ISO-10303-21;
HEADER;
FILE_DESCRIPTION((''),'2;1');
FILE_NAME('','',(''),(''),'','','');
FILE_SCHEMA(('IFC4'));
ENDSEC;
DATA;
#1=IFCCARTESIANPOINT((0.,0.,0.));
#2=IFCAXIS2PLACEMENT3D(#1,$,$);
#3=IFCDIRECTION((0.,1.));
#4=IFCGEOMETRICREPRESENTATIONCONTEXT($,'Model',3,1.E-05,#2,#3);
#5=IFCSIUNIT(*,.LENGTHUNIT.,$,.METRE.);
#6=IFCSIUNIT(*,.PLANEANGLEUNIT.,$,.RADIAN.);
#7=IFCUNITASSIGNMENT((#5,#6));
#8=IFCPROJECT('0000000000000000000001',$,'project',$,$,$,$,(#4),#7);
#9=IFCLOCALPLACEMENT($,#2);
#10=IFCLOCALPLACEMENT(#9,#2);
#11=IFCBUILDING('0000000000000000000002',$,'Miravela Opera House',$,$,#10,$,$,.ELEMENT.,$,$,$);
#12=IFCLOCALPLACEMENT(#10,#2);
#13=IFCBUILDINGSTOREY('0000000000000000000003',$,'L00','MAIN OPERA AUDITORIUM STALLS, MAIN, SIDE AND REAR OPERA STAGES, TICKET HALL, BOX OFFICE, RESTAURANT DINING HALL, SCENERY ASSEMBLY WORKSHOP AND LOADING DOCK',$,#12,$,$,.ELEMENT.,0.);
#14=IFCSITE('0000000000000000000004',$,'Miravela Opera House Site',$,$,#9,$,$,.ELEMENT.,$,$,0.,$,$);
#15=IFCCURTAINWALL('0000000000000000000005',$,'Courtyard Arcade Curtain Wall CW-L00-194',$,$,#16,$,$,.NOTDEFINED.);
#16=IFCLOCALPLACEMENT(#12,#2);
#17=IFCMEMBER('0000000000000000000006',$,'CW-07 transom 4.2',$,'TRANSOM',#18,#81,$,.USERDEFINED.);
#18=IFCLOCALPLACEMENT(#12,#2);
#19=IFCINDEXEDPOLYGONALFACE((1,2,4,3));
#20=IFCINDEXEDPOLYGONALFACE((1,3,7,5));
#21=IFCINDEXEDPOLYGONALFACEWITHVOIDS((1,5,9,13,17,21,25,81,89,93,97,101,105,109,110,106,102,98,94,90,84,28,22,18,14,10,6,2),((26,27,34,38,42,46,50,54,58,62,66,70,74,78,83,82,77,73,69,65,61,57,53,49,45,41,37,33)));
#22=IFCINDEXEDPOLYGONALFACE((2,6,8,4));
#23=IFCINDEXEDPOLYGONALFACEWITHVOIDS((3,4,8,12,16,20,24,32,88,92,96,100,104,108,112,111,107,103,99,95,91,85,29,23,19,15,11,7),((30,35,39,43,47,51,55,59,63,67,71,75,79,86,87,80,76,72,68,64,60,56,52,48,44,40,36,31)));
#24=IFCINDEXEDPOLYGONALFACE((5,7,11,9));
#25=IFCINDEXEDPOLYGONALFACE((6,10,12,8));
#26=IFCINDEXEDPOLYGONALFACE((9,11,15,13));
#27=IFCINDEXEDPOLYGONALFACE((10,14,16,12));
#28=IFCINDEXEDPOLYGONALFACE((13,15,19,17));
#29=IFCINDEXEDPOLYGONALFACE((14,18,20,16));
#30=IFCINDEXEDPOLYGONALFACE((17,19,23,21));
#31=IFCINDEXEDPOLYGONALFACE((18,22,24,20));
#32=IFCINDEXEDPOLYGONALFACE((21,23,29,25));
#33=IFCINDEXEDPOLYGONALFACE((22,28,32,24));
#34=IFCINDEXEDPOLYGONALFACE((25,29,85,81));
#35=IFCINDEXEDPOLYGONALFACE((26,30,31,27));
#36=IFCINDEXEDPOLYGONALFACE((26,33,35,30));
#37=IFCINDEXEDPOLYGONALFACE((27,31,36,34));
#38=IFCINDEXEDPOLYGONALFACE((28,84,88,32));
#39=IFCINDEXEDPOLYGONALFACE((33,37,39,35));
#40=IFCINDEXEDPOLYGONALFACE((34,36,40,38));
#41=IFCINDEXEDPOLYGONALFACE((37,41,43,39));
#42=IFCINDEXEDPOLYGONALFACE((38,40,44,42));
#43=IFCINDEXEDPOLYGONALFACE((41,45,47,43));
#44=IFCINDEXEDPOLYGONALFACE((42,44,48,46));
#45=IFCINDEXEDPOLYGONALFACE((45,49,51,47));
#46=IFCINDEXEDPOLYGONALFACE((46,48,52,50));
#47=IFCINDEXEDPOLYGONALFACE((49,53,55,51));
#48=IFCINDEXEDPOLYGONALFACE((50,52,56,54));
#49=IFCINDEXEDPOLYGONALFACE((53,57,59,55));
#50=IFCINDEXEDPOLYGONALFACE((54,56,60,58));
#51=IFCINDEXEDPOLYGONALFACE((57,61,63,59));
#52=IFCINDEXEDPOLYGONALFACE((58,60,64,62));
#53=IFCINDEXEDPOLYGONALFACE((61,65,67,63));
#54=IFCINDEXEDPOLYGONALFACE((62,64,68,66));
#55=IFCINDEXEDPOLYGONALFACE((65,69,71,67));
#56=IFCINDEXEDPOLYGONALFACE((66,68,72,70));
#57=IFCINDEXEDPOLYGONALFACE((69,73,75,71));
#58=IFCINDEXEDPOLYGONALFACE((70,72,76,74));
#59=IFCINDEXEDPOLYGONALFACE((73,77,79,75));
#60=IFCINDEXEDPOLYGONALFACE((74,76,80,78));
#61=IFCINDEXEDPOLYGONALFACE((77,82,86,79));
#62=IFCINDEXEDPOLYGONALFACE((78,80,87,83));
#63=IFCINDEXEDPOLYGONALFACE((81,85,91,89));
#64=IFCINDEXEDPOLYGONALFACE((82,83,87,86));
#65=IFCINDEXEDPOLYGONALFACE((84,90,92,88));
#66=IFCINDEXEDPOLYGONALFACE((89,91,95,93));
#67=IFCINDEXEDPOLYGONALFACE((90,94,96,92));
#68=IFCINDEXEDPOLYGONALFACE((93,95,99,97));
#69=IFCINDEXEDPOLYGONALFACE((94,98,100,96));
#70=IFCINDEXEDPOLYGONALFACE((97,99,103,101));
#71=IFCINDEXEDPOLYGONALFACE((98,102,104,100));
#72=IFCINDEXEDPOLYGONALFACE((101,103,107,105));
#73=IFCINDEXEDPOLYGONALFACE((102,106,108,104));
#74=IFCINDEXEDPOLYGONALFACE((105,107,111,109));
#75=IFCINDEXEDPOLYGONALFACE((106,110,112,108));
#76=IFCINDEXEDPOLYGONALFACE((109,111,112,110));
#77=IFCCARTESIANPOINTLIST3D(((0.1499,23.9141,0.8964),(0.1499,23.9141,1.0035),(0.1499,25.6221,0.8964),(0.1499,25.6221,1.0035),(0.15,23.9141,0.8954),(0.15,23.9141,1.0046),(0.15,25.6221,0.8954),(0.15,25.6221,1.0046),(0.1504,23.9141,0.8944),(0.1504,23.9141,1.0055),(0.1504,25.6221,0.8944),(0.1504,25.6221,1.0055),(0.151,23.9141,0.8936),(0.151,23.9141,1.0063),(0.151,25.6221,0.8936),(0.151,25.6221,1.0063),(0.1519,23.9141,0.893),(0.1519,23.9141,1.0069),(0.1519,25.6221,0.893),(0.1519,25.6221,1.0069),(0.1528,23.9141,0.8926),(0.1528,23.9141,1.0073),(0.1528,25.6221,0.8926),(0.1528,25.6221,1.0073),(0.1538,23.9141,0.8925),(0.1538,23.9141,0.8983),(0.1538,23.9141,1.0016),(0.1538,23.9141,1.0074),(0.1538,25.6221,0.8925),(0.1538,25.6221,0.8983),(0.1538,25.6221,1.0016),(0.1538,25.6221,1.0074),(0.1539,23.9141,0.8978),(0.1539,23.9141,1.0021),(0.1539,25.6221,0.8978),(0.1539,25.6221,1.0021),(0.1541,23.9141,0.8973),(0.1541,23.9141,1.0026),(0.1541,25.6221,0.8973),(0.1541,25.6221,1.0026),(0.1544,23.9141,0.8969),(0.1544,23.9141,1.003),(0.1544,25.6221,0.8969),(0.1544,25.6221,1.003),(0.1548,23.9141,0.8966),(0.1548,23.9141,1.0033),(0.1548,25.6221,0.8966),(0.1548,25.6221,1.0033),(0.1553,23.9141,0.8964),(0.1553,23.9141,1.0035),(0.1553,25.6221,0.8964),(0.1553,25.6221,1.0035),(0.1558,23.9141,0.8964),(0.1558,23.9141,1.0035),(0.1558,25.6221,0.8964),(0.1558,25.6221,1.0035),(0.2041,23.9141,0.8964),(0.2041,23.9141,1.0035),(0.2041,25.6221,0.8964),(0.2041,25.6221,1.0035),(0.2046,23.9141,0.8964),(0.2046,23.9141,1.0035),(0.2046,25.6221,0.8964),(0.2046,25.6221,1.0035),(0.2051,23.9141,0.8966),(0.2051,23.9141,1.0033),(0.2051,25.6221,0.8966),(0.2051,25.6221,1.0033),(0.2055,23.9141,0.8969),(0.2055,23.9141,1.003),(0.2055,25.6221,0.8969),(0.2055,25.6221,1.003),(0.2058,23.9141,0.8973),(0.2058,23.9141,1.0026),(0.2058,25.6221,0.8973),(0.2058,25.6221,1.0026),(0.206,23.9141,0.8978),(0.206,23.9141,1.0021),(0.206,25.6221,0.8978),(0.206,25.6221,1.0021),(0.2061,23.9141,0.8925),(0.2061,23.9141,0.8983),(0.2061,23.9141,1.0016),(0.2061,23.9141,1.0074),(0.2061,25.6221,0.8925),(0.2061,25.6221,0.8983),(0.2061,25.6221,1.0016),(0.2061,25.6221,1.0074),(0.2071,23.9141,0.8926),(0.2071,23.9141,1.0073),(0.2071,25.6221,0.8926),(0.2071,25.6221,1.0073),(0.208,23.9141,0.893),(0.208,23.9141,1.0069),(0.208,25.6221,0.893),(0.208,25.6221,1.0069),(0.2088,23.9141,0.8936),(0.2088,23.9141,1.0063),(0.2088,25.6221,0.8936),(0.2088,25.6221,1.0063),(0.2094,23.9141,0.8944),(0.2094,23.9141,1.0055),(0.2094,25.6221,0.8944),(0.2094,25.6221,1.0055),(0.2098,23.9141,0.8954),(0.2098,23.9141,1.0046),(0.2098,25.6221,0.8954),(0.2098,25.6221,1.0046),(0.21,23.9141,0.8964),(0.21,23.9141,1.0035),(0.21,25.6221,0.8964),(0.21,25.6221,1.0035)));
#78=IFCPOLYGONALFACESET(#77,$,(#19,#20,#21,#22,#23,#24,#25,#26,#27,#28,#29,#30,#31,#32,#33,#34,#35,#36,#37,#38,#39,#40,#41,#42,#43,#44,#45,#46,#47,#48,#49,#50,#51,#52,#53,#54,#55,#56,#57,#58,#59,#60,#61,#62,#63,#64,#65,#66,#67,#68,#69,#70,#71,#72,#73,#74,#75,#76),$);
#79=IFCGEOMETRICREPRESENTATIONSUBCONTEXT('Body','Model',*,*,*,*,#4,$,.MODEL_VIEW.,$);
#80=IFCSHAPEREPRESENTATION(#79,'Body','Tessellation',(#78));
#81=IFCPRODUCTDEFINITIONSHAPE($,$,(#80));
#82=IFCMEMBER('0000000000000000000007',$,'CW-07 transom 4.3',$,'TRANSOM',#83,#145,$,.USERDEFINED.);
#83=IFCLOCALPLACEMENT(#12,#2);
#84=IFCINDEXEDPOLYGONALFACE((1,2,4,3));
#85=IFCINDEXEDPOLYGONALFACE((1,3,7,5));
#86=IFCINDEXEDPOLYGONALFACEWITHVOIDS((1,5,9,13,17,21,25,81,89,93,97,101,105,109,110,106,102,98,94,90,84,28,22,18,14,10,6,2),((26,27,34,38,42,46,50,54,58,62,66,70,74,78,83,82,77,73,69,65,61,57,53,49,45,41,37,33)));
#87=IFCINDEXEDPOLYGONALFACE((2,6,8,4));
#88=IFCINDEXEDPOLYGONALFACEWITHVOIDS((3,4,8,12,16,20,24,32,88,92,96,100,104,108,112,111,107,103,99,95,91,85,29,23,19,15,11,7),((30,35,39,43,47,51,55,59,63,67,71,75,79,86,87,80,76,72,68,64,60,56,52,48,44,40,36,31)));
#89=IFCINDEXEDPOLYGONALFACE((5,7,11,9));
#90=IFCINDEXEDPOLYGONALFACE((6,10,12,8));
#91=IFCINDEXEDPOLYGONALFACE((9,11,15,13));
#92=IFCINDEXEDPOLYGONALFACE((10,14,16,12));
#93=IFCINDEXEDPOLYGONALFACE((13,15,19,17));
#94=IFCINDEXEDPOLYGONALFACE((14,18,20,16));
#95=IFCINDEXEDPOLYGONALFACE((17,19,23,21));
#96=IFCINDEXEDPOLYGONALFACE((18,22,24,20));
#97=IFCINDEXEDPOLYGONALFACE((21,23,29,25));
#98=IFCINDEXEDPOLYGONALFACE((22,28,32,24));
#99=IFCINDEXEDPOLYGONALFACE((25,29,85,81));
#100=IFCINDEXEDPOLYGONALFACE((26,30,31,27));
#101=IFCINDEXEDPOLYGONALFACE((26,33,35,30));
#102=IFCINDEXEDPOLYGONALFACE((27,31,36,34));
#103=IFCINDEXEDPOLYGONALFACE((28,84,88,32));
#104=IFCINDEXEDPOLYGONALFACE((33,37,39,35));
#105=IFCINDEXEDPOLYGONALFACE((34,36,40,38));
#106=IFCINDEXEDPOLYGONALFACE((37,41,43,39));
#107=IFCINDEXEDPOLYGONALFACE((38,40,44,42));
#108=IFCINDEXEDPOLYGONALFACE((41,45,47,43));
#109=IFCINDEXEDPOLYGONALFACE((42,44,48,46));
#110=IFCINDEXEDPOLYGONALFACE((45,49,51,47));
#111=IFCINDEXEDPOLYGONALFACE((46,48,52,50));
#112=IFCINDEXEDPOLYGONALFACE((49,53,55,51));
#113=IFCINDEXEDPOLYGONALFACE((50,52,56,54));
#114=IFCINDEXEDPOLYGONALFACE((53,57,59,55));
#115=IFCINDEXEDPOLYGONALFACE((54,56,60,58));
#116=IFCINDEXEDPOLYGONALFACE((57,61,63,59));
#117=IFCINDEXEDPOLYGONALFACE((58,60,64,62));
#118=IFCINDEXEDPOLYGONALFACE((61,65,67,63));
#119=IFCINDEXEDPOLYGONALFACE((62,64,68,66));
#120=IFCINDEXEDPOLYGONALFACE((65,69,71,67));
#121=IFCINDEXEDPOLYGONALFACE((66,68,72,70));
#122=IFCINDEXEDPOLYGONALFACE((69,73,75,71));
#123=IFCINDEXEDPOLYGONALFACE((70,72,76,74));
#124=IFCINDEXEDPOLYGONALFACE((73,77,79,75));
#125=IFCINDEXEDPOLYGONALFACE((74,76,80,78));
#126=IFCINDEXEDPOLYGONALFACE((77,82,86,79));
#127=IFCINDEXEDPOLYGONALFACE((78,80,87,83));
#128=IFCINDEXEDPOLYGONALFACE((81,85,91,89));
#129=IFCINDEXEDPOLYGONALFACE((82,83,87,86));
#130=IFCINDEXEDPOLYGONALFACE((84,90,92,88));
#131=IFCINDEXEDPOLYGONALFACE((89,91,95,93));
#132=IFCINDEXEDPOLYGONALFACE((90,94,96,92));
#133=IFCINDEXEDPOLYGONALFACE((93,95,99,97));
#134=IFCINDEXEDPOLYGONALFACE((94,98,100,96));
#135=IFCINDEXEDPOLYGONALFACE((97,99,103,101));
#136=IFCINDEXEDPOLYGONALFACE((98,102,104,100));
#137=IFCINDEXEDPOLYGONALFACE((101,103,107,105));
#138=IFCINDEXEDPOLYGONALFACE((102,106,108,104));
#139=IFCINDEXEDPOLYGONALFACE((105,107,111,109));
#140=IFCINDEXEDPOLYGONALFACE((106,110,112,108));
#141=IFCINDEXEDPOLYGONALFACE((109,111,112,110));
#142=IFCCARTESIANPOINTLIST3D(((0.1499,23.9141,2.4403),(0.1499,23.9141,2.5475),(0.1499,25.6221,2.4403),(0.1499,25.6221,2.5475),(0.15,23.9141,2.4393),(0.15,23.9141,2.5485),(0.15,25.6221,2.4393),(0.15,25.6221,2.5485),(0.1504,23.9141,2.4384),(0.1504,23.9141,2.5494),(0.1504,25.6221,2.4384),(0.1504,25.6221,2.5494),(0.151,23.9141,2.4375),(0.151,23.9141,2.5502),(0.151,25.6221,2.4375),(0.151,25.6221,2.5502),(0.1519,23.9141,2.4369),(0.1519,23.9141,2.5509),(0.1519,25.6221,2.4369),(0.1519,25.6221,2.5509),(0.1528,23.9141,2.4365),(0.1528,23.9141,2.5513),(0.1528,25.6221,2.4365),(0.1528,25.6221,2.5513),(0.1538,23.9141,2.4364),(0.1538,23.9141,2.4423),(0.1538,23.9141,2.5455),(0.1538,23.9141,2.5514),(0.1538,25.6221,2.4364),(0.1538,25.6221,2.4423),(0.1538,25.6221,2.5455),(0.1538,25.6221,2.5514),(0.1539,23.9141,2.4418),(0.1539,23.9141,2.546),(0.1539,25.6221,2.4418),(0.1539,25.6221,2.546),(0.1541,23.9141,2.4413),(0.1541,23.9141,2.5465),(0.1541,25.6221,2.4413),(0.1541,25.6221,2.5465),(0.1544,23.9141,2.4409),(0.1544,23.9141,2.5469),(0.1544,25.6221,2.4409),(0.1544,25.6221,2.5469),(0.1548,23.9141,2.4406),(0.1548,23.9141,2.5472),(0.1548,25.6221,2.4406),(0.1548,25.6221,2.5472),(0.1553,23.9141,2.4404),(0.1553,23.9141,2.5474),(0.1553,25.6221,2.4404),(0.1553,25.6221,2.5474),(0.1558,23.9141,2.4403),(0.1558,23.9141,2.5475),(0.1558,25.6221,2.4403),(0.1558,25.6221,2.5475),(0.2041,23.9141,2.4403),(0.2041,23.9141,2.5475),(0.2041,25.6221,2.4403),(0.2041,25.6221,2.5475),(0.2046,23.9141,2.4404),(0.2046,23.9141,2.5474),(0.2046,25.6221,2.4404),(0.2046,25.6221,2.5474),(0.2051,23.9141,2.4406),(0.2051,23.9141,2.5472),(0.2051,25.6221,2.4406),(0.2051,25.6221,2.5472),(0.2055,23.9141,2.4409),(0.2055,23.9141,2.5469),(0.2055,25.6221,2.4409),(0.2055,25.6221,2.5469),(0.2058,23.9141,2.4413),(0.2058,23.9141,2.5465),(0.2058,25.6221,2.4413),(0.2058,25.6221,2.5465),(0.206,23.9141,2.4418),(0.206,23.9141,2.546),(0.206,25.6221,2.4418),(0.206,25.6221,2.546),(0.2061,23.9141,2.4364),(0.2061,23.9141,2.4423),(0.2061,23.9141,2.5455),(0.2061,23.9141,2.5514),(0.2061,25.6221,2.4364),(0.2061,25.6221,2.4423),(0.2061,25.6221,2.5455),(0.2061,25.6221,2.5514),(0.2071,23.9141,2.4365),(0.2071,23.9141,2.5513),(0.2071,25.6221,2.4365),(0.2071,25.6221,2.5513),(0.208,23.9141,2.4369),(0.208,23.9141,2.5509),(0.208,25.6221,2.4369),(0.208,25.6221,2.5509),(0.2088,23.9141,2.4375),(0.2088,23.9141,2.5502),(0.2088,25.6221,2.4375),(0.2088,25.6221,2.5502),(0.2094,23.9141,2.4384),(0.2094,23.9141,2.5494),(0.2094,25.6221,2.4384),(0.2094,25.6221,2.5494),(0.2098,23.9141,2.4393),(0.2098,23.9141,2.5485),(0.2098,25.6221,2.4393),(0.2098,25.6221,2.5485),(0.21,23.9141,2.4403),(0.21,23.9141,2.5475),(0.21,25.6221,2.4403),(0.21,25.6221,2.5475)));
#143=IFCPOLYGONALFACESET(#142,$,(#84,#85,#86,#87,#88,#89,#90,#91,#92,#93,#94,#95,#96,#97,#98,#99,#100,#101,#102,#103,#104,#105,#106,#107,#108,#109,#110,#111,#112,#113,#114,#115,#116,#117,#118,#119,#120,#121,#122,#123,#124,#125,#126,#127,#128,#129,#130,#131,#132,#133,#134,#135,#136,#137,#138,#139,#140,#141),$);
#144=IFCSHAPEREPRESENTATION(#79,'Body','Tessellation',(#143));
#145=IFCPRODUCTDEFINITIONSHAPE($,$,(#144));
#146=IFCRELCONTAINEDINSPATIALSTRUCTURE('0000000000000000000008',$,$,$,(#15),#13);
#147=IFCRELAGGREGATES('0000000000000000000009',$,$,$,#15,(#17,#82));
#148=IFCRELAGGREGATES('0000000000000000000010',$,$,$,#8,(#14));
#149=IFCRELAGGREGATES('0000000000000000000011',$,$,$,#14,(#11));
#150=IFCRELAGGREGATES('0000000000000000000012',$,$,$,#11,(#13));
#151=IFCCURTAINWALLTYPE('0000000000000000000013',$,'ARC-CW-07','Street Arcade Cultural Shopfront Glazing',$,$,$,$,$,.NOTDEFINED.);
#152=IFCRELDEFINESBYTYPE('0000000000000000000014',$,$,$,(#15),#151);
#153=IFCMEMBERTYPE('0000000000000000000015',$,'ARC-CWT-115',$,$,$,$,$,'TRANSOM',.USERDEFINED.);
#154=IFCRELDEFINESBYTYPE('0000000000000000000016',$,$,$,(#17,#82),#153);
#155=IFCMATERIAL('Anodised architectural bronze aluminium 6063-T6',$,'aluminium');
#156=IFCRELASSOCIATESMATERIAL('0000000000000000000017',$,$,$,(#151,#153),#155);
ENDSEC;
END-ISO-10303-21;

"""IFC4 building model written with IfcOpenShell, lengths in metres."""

from ifc_helpers import new_model, si_unit, direction, frame, origin, origin_2d, place, context, subcontext, project, spatial, hollow_rectangle, extrude, material, material_profile, profile_set, type_object, element, aggregate, save


model = new_model("IFC4")

# Units and contexts
model_context = context("Model", 3, precision=1e-05, world=origin(), true_north=direction((0.0, 1.0)))
body_context = subcontext(model_context, "Body", "Model", "MODEL_VIEW")
ifc_project = project(units=[si_unit("LENGTHUNIT", "METRE"), si_unit("PLANEANGLEUNIT", "RADIAN")], contexts=[model_context])

# Site, building, storey
site_placement = place(None, origin())
site = spatial("IfcSite", under=ifc_project, at=site_placement, Name="Miravela Opera House Site", CompositionType="ELEMENT", RefElevation=0.0)
building_placement = place(site_placement, origin())
building = spatial("IfcBuilding", under=site, at=building_placement, Name="Miravela Opera House", CompositionType="ELEMENT")
storey_placement = place(building_placement, origin())
storey = spatial("IfcBuildingStorey", under=building, at=storey_placement, Name="L00", Description="MAIN OPERA AUDITORIUM STALLS, MAIN, SIDE AND REAR OPERA STAGES, TICKET HALL, BOX OFFICE, RESTAURANT DINING HALL, SCENERY ASSEMBLY WORKSHOP AND LOADING DOCK", CompositionType="ELEMENT", Elevation=0.0)

# Curtain wall, members
ifc_material_1 = material(Name="Anodised architectural bronze aluminium 6063-T6", Category="aluminium")
curtain_wall_type = type_object("IfcCurtainWallType", Name="ARC-CW-07", Description="Street Arcade Cultural Shopfront Glazing", PredefinedType="NOTDEFINED", material=ifc_material_1)
curtain_wall_placement = place(storey_placement, origin())
curtain_wall = element("IfcCurtainWall", 1, at=curtain_wall_placement, inside=storey, type_object=curtain_wall_type, Name="Courtyard Arcade Curtain Wall CW-L00-194", PredefinedType="NOTDEFINED")
ifc_material_profile_1 = material_profile(ifc_material_1, hollow_rectangle(XDim=0.0601, YDim=0.115, WallThickness=0.0039, InnerFilletRadius=0.002, OuterFilletRadius=0.0039, at=origin_2d()), Name="CWT-60X115")
ifc_profile_set_1 = profile_set([ifc_material_profile_1])
member_type_1 = type_object("IfcMemberType", Name="ARC-CWT-115", ElementType="TRANSOM", PredefinedType="USERDEFINED", material=ifc_profile_set_1)
member_1_placement = place(storey_placement, frame((0.1799, 23.9141, 0.95), z_axis=(0.0, 1.0, 0.0), x_axis=(-1.0, 0.0, 0.0)))
member_1 = element("IfcMember", 2, at=member_1_placement, type_object=member_type_1, Name="CW-07 transom 4.2", ObjectType="TRANSOM", PredefinedType="USERDEFINED", context=body_context, shape_type="SweptSolid", body=[
    extrude(hollow_rectangle(XDim=0.0601, YDim=0.115, WallThickness=0.0039, InnerFilletRadius=0.002, OuterFilletRadius=0.0039, at=origin_2d()), origin(), (0.0, 0.0, 1.0), 1.708),
])
member_2_placement = place(storey_placement, frame((0.1799, 23.9141, 2.4939), z_axis=(0.0, 1.0, 0.0), x_axis=(-1.0, 0.0, 0.0)))
member_2 = element("IfcMember", 3, at=member_2_placement, type_object=member_type_1, Name="CW-07 transom 4.3", ObjectType="TRANSOM", PredefinedType="USERDEFINED", context=body_context, shape_type="SweptSolid", body=[
    extrude(hollow_rectangle(XDim=0.0601, YDim=0.115, WallThickness=0.0039, InnerFilletRadius=0.002, OuterFilletRadius=0.0039, at=origin_2d()), origin(), (0.0, 0.0, 1.0), 1.708),
])

aggregate(curtain_wall, [member_1, member_2])

save(model, "model.ifc")
